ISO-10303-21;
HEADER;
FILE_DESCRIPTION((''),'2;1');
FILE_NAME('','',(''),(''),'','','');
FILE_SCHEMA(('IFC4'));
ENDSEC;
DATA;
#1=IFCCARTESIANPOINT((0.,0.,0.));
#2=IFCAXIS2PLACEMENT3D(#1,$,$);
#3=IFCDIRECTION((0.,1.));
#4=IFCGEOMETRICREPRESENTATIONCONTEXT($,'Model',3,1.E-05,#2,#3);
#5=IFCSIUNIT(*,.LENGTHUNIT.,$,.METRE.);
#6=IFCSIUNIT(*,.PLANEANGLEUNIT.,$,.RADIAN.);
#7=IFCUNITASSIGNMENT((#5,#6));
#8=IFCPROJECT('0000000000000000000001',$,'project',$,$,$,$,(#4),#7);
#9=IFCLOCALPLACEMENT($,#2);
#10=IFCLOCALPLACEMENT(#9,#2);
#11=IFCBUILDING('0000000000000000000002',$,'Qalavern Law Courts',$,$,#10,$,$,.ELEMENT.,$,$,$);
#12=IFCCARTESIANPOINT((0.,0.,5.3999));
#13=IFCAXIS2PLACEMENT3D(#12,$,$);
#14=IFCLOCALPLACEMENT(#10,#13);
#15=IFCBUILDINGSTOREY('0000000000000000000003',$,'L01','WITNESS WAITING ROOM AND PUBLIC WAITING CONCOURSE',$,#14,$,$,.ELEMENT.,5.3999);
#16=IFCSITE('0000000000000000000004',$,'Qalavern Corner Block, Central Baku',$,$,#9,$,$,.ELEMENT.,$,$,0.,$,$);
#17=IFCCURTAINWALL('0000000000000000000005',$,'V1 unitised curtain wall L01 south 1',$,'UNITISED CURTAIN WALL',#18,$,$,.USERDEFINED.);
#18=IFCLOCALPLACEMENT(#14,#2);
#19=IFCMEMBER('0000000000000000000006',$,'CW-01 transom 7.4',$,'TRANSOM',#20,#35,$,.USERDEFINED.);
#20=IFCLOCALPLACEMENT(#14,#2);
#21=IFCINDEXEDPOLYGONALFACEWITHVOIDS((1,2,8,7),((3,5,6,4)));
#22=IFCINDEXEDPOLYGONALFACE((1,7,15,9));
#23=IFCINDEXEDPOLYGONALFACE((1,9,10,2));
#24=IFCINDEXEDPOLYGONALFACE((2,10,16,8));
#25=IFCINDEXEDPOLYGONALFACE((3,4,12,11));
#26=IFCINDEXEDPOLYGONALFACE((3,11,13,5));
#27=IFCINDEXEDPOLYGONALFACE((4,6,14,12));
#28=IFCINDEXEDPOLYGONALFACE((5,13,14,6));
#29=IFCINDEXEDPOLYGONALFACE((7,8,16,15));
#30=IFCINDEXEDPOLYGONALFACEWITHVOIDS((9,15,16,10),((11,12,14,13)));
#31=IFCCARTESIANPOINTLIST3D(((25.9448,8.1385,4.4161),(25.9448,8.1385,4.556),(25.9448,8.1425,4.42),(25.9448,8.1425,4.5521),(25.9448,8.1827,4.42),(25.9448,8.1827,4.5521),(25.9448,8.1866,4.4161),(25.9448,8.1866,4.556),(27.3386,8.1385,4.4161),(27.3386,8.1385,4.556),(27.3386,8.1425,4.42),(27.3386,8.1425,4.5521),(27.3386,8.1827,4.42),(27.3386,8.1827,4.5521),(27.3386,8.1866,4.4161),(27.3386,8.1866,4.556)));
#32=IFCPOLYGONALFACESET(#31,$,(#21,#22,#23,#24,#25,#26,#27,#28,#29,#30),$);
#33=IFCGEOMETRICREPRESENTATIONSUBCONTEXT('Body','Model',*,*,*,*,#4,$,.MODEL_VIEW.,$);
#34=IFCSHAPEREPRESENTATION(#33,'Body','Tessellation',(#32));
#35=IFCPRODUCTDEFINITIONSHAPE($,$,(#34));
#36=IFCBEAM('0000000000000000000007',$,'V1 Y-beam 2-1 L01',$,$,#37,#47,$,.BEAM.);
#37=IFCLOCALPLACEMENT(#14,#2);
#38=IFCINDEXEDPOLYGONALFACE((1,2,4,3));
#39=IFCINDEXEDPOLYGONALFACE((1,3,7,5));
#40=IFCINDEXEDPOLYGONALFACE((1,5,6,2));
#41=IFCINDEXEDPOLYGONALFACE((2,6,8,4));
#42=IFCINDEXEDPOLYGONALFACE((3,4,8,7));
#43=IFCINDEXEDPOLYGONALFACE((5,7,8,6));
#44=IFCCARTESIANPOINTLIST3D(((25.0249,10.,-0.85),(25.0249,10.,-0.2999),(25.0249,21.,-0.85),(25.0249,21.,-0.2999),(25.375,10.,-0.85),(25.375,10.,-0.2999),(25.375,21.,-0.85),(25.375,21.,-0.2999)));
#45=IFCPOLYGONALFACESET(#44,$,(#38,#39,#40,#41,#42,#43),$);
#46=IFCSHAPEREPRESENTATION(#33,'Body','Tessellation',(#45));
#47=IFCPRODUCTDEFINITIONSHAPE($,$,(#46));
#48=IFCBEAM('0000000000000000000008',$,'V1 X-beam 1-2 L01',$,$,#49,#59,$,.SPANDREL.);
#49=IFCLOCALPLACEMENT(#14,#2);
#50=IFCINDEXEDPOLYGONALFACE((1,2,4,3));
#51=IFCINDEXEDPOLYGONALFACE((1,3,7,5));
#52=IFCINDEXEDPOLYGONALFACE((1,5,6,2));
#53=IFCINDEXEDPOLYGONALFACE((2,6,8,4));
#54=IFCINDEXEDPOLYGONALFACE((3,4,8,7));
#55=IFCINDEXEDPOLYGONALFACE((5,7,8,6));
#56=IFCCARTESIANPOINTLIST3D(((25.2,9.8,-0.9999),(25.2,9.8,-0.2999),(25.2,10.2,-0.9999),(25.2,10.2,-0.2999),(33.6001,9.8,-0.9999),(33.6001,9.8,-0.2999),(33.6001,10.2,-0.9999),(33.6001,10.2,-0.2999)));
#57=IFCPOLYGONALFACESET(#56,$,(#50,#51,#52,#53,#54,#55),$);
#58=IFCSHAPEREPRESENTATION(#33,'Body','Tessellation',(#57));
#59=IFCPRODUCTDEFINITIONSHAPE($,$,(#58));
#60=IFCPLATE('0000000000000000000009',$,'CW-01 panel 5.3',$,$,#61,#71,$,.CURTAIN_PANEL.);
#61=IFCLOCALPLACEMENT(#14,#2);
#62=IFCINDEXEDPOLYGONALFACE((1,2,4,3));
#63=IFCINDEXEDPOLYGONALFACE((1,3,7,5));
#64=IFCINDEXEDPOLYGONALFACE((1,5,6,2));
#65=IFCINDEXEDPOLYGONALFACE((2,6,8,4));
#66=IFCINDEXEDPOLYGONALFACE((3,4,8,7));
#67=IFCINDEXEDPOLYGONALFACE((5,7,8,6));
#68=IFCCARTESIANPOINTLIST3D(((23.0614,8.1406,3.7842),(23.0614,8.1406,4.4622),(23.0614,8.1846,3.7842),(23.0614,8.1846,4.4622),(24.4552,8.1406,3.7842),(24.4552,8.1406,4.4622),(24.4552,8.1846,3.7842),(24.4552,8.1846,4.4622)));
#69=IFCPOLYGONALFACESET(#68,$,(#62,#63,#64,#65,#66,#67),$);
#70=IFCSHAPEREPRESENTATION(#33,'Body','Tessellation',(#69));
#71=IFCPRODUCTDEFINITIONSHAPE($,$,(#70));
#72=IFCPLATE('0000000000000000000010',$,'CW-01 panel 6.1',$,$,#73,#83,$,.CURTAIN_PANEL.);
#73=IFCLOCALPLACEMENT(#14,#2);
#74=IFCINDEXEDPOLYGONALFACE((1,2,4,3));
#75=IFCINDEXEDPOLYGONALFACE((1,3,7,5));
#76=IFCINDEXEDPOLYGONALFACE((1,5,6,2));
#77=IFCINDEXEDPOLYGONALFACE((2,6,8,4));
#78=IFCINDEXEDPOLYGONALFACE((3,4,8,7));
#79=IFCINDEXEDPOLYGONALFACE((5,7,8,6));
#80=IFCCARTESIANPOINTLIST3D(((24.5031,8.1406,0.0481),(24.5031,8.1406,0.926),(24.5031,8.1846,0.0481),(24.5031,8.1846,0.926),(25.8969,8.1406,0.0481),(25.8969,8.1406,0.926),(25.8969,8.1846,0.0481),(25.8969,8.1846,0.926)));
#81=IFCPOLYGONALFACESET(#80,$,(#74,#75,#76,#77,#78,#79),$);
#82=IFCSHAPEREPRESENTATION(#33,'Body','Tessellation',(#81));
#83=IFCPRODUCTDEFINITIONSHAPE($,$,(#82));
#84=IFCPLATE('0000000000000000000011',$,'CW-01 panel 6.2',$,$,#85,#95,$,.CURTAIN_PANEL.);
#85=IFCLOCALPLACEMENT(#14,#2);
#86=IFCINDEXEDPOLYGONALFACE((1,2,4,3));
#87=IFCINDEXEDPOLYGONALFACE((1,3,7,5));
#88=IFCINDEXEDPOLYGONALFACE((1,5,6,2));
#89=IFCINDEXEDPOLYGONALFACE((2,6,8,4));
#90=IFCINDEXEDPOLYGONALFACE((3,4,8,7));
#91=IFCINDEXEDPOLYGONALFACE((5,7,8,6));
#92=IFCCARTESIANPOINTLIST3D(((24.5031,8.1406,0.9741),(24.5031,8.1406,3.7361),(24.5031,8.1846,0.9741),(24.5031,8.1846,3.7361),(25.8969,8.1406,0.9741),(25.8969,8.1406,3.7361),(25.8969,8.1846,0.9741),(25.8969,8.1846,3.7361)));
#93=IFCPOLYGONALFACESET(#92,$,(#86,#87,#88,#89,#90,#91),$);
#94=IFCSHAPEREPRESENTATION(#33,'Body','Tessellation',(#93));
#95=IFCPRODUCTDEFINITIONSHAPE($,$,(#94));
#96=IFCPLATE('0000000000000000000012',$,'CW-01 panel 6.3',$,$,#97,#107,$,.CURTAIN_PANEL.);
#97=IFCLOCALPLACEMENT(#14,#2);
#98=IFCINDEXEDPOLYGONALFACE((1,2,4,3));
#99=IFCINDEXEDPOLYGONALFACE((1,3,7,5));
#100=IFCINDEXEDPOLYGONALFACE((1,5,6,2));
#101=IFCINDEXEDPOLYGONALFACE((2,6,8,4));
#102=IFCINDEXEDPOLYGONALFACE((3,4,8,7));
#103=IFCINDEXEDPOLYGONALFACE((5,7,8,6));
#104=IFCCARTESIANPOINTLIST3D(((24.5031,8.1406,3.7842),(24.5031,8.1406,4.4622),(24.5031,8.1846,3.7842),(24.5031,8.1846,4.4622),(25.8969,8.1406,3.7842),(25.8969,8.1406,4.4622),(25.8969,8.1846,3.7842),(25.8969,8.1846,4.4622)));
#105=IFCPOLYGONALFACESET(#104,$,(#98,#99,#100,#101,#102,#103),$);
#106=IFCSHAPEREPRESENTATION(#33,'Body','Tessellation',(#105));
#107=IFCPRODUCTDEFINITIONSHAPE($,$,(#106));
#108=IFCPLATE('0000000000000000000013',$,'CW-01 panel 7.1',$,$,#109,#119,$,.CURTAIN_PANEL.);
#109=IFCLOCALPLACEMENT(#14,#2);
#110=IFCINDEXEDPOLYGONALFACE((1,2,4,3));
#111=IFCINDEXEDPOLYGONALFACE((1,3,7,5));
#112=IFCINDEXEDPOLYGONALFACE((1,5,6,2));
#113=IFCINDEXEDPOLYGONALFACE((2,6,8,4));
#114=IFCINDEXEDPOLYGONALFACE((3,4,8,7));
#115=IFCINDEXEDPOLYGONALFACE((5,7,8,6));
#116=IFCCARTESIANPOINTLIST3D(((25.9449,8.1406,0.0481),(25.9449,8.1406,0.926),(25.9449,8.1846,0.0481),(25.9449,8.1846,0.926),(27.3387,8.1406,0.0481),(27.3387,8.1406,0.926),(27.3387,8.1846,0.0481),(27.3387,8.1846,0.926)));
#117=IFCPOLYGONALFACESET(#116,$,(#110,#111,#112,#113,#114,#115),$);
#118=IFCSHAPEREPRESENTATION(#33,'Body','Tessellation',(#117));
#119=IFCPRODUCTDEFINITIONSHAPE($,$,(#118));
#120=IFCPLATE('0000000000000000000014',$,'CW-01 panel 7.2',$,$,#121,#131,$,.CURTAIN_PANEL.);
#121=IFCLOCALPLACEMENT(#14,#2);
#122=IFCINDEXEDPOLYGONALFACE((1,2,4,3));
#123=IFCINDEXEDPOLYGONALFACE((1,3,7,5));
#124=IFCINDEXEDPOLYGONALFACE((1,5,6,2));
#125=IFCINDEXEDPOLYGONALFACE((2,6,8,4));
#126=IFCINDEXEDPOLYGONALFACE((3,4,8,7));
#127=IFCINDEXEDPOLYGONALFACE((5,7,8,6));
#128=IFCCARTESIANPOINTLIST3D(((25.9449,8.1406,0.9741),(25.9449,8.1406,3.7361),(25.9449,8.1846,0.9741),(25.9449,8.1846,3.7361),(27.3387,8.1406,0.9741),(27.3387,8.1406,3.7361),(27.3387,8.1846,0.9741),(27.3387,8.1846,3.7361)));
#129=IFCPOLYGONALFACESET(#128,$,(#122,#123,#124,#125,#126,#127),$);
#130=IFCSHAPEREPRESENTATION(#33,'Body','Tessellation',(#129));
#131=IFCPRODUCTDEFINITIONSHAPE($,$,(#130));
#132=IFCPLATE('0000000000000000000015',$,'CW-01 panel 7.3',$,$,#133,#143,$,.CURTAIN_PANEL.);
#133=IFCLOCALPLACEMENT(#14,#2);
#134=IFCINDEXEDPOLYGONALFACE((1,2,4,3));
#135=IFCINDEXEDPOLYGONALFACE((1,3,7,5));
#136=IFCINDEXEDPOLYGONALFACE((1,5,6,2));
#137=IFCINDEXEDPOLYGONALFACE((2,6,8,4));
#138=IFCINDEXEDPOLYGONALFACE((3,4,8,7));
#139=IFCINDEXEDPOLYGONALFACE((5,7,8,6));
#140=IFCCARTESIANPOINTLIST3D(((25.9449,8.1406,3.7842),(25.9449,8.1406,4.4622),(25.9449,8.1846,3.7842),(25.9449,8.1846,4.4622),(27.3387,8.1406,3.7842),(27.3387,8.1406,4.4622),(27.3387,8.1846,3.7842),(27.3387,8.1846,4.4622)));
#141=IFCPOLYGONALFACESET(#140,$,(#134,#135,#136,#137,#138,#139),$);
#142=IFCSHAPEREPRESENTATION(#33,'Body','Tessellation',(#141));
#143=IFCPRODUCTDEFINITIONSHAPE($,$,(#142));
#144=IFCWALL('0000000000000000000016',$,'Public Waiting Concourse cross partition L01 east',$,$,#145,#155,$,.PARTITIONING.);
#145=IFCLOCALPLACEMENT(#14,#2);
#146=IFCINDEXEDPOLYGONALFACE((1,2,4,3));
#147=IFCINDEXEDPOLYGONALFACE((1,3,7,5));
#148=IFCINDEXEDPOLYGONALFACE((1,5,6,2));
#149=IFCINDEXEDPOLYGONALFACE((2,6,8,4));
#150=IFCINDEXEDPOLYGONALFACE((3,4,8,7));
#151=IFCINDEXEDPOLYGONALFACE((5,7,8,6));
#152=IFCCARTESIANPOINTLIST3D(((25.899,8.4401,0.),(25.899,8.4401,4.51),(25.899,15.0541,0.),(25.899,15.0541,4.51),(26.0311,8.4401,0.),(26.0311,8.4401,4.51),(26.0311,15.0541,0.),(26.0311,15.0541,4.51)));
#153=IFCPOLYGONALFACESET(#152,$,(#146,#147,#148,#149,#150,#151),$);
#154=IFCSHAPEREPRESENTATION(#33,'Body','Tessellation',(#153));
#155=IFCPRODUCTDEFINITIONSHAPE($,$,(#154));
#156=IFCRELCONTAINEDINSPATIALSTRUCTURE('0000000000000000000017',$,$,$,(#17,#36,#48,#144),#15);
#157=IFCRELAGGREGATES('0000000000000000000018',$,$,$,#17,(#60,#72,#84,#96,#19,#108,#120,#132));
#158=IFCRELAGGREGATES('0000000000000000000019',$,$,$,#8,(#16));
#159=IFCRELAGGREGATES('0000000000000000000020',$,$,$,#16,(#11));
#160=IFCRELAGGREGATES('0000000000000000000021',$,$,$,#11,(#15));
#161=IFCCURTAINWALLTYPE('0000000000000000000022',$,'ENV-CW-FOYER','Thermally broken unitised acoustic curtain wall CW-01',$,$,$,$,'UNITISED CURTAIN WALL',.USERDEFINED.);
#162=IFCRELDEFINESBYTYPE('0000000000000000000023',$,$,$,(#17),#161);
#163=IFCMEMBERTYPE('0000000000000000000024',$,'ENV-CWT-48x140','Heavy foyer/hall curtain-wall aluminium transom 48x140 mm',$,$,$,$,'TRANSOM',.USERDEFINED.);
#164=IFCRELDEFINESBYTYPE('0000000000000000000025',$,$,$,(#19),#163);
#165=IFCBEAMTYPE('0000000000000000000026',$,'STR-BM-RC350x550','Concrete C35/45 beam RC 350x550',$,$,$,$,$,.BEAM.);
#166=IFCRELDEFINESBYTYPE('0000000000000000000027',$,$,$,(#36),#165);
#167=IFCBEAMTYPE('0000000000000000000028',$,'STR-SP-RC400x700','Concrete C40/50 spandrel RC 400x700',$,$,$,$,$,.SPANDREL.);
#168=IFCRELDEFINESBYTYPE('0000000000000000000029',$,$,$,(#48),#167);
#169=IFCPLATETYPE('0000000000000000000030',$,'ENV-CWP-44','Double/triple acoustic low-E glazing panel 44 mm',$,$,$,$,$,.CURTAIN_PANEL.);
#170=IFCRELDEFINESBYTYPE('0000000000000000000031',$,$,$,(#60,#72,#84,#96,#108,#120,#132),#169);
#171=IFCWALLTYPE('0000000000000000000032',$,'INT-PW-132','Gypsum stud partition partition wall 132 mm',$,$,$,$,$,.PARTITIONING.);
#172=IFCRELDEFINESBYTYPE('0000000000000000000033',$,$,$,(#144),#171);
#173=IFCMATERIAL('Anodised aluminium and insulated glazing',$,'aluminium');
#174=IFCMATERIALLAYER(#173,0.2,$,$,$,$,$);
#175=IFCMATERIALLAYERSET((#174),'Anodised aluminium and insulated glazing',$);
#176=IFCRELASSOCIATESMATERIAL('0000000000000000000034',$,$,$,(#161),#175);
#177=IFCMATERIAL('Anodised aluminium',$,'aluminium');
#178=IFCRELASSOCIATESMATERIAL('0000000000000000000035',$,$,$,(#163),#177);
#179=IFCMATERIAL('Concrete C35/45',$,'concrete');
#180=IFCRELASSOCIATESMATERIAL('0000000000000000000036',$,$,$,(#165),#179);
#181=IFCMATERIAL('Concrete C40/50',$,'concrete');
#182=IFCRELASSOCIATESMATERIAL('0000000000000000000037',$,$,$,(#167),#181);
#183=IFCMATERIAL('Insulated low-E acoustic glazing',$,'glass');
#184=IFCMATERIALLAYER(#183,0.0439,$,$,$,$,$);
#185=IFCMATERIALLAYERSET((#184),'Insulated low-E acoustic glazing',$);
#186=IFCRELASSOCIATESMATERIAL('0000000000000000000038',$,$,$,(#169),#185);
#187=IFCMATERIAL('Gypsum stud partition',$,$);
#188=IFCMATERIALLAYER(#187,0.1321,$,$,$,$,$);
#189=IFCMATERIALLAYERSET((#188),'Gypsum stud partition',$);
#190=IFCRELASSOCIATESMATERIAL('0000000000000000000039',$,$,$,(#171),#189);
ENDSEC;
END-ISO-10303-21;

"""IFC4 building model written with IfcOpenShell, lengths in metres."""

from ifc_helpers import new_model, si_unit, direction, frame, frame_2d, origin, origin_2d, place, context, subcontext, project, spatial, rectangle, hollow_rectangle, extrude, material, layer, layer_set, material_profile, profile_set, type_object, element, aggregate, save


model = new_model("IFC4")

# Units and contexts
model_context = context("Model", 3, precision=1e-05, world=origin(), true_north=direction((0.0, 1.0)))
body_context = subcontext(model_context, "Body", "Model", "MODEL_VIEW")
ifc_project = project(units=[si_unit("LENGTHUNIT", "METRE"), si_unit("PLANEANGLEUNIT", "RADIAN")], contexts=[model_context])

# Site, building, storey
site_placement = place(None, origin())
site = spatial("IfcSite", under=ifc_project, at=site_placement, Name="Qalavern Corner Block, Central Baku", CompositionType="ELEMENT", RefElevation=0.0)
building_placement = place(site_placement, origin())
building = spatial("IfcBuilding", under=site, at=building_placement, Name="Qalavern Law Courts", CompositionType="ELEMENT")
storey_placement = place(building_placement, frame((0.0, 0.0, 5.3999)))
storey = spatial("IfcBuildingStorey", under=building, at=storey_placement, Name="L01", Description="WITNESS WAITING ROOM AND PUBLIC WAITING CONCOURSE", CompositionType="ELEMENT", Elevation=5.3999)

# Curtain wall, member
ifc_material_1 = material(Name="Anodised aluminium and insulated glazing", Category="aluminium")
ifc_layer_1 = layer(ifc_material_1, 0.2)
ifc_layer_set_1 = layer_set([ifc_layer_1], Name="Anodised aluminium and insulated glazing")
curtain_wall_type = type_object("IfcCurtainWallType", Name="ENV-CW-FOYER", Description="Thermally broken unitised acoustic curtain wall CW-01", ElementType="UNITISED CURTAIN WALL", PredefinedType="USERDEFINED", material=ifc_layer_set_1)
curtain_wall_placement = place(storey_placement, origin())
curtain_wall = element("IfcCurtainWall", 1, at=curtain_wall_placement, inside=storey, type_object=curtain_wall_type, Name="V1 unitised curtain wall L01 south 1", ObjectType="UNITISED CURTAIN WALL", PredefinedType="USERDEFINED")
ifc_material_2 = material(Name="Anodised aluminium", Category="aluminium")
ifc_material_profile_1 = material_profile(ifc_material_2, hollow_rectangle(XDim=0.0481, YDim=0.1399, WallThickness=0.0039, at=origin_2d()), Name="ALU TRANSOM 48x140")
ifc_profile_set_1 = profile_set([ifc_material_profile_1], Name="Anodised aluminium")
member_type_1 = type_object("IfcMemberType", Name="ENV-CWT-48x140", Description="Heavy foyer/hall curtain-wall aluminium transom 48x140 mm", ElementType="TRANSOM", PredefinedType="USERDEFINED", material=ifc_profile_set_1)
member_1_placement = place(storey_placement, frame((25.9448, 8.1626, 4.4861), z_axis=(1.0, 0.0, 0.0), x_axis=(0.0, 1.0, 0.0)))
member_1 = element("IfcMember", 2, at=member_1_placement, type_object=member_type_1, Name="CW-01 transom 7.4", ObjectType="TRANSOM", PredefinedType="USERDEFINED", context=body_context, shape_type="SweptSolid", body=[
    extrude(hollow_rectangle(XDim=0.0481, YDim=0.1399, WallThickness=0.0039, at=origin_2d()), origin(), (0.0, 0.0, 1.0), 1.3938),
])

# Beams
ifc_material_3 = material(Name="Concrete C35/45", Category="concrete")
ifc_material_profile_2 = material_profile(ifc_material_3, rectangle(XDim=0.3501, YDim=0.55, at=origin_2d()), Name="RC 350x550")
ifc_profile_set_2 = profile_set([ifc_material_profile_2], Name="Concrete C35/45")
beam_type_1 = type_object("IfcBeamType", Name="STR-BM-RC350x550", Description="Concrete C35/45 beam RC 350x550", PredefinedType="BEAM", material=ifc_profile_set_2)
beam_1_placement = place(storey_placement, frame((25.2, 10.0, -0.575), z_axis=(0.0, 1.0, 0.0), x_axis=(-1.0, 0.0, 0.0)))
element("IfcBeam", 3, at=beam_1_placement, inside=storey, type_object=beam_type_1, Name="V1 Y-beam 2-1 L01", PredefinedType="BEAM", context=body_context, shape_type="SweptSolid", body=[
    extrude(rectangle(XDim=0.3501, YDim=0.55, at=origin_2d()), origin(), (0.0, 0.0, 1.0), 11.0),
])
ifc_material_4 = material(Name="Concrete C40/50", Category="concrete")
ifc_material_profile_3 = material_profile(ifc_material_4, rectangle(XDim=0.3999, YDim=0.7, at=origin_2d()), Name="RC 400x700")
ifc_profile_set_3 = profile_set([ifc_material_profile_3], Name="Concrete C40/50")
beam_type_2 = type_object("IfcBeamType", Name="STR-SP-RC400x700", Description="Concrete C40/50 spandrel RC 400x700", PredefinedType="SPANDREL", material=ifc_profile_set_3)
beam_2_placement = place(storey_placement, frame((25.2, 10.0, -0.6499), z_axis=(1.0, 0.0, 0.0), x_axis=(0.0, 1.0, 0.0)))
element("IfcBeam", 4, at=beam_2_placement, inside=storey, type_object=beam_type_2, Name="V1 X-beam 1-2 L01", PredefinedType="SPANDREL", context=body_context, shape_type="SweptSolid", body=[
    extrude(rectangle(XDim=0.3999, YDim=0.7, at=origin_2d()), origin(), (0.0, 0.0, 1.0), 8.4001),
])

# Plates
ifc_material_5 = material(Name="Insulated low-E acoustic glazing", Category="glass")
ifc_layer_2 = layer(ifc_material_5, 0.0439)
ifc_layer_set_2 = layer_set([ifc_layer_2], Name="Insulated low-E acoustic glazing")
plate_type = type_object("IfcPlateType", Name="ENV-CWP-44", Description="Double/triple acoustic low-E glazing panel 44 mm", PredefinedType="CURTAIN_PANEL", material=ifc_layer_set_2)
plate_1_placement = place(storey_placement, frame((23.7583, 8.1626, 3.7842), z_axis=(0.0, 0.0, 1.0), x_axis=(1.0, 0.0, 0.0)))
plate_1 = element("IfcPlate", 5, at=plate_1_placement, type_object=plate_type, Name="CW-01 panel 5.3", PredefinedType="CURTAIN_PANEL", context=body_context, shape_type="SweptSolid", body=[
    extrude(rectangle(XDim=1.3938, YDim=0.0439, at=origin_2d()), origin(), (0.0, 0.0, 1.0), 0.678),
])
plate_2_placement = place(storey_placement, frame((25.2, 8.1626, 0.0481), z_axis=(0.0, 0.0, 1.0), x_axis=(1.0, 0.0, 0.0)))
plate_2 = element("IfcPlate", 6, at=plate_2_placement, type_object=plate_type, Name="CW-01 panel 6.1", PredefinedType="CURTAIN_PANEL", context=body_context, shape_type="SweptSolid", body=[
    extrude(rectangle(XDim=1.3938, YDim=0.0439, at=origin_2d()), origin(), (0.0, 0.0, 1.0), 0.8779),
])
plate_3_placement = place(storey_placement, frame((25.2, 8.1626, 0.9741), z_axis=(0.0, 0.0, 1.0), x_axis=(1.0, 0.0, 0.0)))
plate_3 = element("IfcPlate", 7, at=plate_3_placement, type_object=plate_type, Name="CW-01 panel 6.2", PredefinedType="CURTAIN_PANEL", context=body_context, shape_type="SweptSolid", body=[
    extrude(rectangle(XDim=1.3938, YDim=0.0439, at=origin_2d()), origin(), (0.0, 0.0, 1.0), 2.762),
])
plate_4_placement = place(storey_placement, frame((25.2, 8.1626, 3.7842), z_axis=(0.0, 0.0, 1.0), x_axis=(1.0, 0.0, 0.0)))
plate_4 = element("IfcPlate", 8, at=plate_4_placement, type_object=plate_type, Name="CW-01 panel 6.3", PredefinedType="CURTAIN_PANEL", context=body_context, shape_type="SweptSolid", body=[
    extrude(rectangle(XDim=1.3938, YDim=0.0439, at=origin_2d()), origin(), (0.0, 0.0, 1.0), 0.678),
])
plate_5_placement = place(storey_placement, frame((26.6418, 8.1626, 0.0481), z_axis=(0.0, 0.0, 1.0), x_axis=(1.0, 0.0, 0.0)))
plate_5 = element("IfcPlate", 9, at=plate_5_placement, type_object=plate_type, Name="CW-01 panel 7.1", PredefinedType="CURTAIN_PANEL", context=body_context, shape_type="SweptSolid", body=[
    extrude(rectangle(XDim=1.3938, YDim=0.0439, at=origin_2d()), origin(), (0.0, 0.0, 1.0), 0.8779),
])
plate_6_placement = place(storey_placement, frame((26.6418, 8.1626, 0.9741), z_axis=(0.0, 0.0, 1.0), x_axis=(1.0, 0.0, 0.0)))
plate_6 = element("IfcPlate", 10, at=plate_6_placement, type_object=plate_type, Name="CW-01 panel 7.2", PredefinedType="CURTAIN_PANEL", context=body_context, shape_type="SweptSolid", body=[
    extrude(rectangle(XDim=1.3938, YDim=0.0439, at=origin_2d()), origin(), (0.0, 0.0, 1.0), 2.762),
])
plate_7_placement = place(storey_placement, frame((26.6418, 8.1626, 3.7842), z_axis=(0.0, 0.0, 1.0), x_axis=(1.0, 0.0, 0.0)))
plate_7 = element("IfcPlate", 11, at=plate_7_placement, type_object=plate_type, Name="CW-01 panel 7.3", PredefinedType="CURTAIN_PANEL", context=body_context, shape_type="SweptSolid", body=[
    extrude(rectangle(XDim=1.3938, YDim=0.0439, at=origin_2d()), origin(), (0.0, 0.0, 1.0), 0.678),
])
aggregate(curtain_wall, [plate_1, plate_2, plate_3, plate_4, member_1, plate_5, plate_6, plate_7])

# Wall
ifc_material_6 = material(Name="Gypsum stud partition")
ifc_layer_3 = layer(ifc_material_6, 0.1321)
ifc_layer_set_3 = layer_set([ifc_layer_3], Name="Gypsum stud partition")
wall_type = type_object("IfcWallType", Name="INT-PW-132", Description="Gypsum stud partition partition wall 132 mm", PredefinedType="PARTITIONING", material=ifc_layer_set_3)
wall_placement = place(storey_placement, frame((25.9651, 8.4399, 0.0), z_axis=(0.0, 0.0, 1.0), x_axis=(0.0, 1.0, 0.0)))
element("IfcWall", 12, at=wall_placement, inside=storey, type_object=wall_type, Name="Public Waiting Concourse cross partition L01 east", PredefinedType="PARTITIONING", context=body_context, shape_type="SweptSolid", body=[
    extrude(rectangle(XDim=6.614, YDim=0.1321, at=frame_2d((3.3071, 0.0))), origin(), (0.0, 0.0, 1.0), 4.51),
])

save(model, "model.ifc")
